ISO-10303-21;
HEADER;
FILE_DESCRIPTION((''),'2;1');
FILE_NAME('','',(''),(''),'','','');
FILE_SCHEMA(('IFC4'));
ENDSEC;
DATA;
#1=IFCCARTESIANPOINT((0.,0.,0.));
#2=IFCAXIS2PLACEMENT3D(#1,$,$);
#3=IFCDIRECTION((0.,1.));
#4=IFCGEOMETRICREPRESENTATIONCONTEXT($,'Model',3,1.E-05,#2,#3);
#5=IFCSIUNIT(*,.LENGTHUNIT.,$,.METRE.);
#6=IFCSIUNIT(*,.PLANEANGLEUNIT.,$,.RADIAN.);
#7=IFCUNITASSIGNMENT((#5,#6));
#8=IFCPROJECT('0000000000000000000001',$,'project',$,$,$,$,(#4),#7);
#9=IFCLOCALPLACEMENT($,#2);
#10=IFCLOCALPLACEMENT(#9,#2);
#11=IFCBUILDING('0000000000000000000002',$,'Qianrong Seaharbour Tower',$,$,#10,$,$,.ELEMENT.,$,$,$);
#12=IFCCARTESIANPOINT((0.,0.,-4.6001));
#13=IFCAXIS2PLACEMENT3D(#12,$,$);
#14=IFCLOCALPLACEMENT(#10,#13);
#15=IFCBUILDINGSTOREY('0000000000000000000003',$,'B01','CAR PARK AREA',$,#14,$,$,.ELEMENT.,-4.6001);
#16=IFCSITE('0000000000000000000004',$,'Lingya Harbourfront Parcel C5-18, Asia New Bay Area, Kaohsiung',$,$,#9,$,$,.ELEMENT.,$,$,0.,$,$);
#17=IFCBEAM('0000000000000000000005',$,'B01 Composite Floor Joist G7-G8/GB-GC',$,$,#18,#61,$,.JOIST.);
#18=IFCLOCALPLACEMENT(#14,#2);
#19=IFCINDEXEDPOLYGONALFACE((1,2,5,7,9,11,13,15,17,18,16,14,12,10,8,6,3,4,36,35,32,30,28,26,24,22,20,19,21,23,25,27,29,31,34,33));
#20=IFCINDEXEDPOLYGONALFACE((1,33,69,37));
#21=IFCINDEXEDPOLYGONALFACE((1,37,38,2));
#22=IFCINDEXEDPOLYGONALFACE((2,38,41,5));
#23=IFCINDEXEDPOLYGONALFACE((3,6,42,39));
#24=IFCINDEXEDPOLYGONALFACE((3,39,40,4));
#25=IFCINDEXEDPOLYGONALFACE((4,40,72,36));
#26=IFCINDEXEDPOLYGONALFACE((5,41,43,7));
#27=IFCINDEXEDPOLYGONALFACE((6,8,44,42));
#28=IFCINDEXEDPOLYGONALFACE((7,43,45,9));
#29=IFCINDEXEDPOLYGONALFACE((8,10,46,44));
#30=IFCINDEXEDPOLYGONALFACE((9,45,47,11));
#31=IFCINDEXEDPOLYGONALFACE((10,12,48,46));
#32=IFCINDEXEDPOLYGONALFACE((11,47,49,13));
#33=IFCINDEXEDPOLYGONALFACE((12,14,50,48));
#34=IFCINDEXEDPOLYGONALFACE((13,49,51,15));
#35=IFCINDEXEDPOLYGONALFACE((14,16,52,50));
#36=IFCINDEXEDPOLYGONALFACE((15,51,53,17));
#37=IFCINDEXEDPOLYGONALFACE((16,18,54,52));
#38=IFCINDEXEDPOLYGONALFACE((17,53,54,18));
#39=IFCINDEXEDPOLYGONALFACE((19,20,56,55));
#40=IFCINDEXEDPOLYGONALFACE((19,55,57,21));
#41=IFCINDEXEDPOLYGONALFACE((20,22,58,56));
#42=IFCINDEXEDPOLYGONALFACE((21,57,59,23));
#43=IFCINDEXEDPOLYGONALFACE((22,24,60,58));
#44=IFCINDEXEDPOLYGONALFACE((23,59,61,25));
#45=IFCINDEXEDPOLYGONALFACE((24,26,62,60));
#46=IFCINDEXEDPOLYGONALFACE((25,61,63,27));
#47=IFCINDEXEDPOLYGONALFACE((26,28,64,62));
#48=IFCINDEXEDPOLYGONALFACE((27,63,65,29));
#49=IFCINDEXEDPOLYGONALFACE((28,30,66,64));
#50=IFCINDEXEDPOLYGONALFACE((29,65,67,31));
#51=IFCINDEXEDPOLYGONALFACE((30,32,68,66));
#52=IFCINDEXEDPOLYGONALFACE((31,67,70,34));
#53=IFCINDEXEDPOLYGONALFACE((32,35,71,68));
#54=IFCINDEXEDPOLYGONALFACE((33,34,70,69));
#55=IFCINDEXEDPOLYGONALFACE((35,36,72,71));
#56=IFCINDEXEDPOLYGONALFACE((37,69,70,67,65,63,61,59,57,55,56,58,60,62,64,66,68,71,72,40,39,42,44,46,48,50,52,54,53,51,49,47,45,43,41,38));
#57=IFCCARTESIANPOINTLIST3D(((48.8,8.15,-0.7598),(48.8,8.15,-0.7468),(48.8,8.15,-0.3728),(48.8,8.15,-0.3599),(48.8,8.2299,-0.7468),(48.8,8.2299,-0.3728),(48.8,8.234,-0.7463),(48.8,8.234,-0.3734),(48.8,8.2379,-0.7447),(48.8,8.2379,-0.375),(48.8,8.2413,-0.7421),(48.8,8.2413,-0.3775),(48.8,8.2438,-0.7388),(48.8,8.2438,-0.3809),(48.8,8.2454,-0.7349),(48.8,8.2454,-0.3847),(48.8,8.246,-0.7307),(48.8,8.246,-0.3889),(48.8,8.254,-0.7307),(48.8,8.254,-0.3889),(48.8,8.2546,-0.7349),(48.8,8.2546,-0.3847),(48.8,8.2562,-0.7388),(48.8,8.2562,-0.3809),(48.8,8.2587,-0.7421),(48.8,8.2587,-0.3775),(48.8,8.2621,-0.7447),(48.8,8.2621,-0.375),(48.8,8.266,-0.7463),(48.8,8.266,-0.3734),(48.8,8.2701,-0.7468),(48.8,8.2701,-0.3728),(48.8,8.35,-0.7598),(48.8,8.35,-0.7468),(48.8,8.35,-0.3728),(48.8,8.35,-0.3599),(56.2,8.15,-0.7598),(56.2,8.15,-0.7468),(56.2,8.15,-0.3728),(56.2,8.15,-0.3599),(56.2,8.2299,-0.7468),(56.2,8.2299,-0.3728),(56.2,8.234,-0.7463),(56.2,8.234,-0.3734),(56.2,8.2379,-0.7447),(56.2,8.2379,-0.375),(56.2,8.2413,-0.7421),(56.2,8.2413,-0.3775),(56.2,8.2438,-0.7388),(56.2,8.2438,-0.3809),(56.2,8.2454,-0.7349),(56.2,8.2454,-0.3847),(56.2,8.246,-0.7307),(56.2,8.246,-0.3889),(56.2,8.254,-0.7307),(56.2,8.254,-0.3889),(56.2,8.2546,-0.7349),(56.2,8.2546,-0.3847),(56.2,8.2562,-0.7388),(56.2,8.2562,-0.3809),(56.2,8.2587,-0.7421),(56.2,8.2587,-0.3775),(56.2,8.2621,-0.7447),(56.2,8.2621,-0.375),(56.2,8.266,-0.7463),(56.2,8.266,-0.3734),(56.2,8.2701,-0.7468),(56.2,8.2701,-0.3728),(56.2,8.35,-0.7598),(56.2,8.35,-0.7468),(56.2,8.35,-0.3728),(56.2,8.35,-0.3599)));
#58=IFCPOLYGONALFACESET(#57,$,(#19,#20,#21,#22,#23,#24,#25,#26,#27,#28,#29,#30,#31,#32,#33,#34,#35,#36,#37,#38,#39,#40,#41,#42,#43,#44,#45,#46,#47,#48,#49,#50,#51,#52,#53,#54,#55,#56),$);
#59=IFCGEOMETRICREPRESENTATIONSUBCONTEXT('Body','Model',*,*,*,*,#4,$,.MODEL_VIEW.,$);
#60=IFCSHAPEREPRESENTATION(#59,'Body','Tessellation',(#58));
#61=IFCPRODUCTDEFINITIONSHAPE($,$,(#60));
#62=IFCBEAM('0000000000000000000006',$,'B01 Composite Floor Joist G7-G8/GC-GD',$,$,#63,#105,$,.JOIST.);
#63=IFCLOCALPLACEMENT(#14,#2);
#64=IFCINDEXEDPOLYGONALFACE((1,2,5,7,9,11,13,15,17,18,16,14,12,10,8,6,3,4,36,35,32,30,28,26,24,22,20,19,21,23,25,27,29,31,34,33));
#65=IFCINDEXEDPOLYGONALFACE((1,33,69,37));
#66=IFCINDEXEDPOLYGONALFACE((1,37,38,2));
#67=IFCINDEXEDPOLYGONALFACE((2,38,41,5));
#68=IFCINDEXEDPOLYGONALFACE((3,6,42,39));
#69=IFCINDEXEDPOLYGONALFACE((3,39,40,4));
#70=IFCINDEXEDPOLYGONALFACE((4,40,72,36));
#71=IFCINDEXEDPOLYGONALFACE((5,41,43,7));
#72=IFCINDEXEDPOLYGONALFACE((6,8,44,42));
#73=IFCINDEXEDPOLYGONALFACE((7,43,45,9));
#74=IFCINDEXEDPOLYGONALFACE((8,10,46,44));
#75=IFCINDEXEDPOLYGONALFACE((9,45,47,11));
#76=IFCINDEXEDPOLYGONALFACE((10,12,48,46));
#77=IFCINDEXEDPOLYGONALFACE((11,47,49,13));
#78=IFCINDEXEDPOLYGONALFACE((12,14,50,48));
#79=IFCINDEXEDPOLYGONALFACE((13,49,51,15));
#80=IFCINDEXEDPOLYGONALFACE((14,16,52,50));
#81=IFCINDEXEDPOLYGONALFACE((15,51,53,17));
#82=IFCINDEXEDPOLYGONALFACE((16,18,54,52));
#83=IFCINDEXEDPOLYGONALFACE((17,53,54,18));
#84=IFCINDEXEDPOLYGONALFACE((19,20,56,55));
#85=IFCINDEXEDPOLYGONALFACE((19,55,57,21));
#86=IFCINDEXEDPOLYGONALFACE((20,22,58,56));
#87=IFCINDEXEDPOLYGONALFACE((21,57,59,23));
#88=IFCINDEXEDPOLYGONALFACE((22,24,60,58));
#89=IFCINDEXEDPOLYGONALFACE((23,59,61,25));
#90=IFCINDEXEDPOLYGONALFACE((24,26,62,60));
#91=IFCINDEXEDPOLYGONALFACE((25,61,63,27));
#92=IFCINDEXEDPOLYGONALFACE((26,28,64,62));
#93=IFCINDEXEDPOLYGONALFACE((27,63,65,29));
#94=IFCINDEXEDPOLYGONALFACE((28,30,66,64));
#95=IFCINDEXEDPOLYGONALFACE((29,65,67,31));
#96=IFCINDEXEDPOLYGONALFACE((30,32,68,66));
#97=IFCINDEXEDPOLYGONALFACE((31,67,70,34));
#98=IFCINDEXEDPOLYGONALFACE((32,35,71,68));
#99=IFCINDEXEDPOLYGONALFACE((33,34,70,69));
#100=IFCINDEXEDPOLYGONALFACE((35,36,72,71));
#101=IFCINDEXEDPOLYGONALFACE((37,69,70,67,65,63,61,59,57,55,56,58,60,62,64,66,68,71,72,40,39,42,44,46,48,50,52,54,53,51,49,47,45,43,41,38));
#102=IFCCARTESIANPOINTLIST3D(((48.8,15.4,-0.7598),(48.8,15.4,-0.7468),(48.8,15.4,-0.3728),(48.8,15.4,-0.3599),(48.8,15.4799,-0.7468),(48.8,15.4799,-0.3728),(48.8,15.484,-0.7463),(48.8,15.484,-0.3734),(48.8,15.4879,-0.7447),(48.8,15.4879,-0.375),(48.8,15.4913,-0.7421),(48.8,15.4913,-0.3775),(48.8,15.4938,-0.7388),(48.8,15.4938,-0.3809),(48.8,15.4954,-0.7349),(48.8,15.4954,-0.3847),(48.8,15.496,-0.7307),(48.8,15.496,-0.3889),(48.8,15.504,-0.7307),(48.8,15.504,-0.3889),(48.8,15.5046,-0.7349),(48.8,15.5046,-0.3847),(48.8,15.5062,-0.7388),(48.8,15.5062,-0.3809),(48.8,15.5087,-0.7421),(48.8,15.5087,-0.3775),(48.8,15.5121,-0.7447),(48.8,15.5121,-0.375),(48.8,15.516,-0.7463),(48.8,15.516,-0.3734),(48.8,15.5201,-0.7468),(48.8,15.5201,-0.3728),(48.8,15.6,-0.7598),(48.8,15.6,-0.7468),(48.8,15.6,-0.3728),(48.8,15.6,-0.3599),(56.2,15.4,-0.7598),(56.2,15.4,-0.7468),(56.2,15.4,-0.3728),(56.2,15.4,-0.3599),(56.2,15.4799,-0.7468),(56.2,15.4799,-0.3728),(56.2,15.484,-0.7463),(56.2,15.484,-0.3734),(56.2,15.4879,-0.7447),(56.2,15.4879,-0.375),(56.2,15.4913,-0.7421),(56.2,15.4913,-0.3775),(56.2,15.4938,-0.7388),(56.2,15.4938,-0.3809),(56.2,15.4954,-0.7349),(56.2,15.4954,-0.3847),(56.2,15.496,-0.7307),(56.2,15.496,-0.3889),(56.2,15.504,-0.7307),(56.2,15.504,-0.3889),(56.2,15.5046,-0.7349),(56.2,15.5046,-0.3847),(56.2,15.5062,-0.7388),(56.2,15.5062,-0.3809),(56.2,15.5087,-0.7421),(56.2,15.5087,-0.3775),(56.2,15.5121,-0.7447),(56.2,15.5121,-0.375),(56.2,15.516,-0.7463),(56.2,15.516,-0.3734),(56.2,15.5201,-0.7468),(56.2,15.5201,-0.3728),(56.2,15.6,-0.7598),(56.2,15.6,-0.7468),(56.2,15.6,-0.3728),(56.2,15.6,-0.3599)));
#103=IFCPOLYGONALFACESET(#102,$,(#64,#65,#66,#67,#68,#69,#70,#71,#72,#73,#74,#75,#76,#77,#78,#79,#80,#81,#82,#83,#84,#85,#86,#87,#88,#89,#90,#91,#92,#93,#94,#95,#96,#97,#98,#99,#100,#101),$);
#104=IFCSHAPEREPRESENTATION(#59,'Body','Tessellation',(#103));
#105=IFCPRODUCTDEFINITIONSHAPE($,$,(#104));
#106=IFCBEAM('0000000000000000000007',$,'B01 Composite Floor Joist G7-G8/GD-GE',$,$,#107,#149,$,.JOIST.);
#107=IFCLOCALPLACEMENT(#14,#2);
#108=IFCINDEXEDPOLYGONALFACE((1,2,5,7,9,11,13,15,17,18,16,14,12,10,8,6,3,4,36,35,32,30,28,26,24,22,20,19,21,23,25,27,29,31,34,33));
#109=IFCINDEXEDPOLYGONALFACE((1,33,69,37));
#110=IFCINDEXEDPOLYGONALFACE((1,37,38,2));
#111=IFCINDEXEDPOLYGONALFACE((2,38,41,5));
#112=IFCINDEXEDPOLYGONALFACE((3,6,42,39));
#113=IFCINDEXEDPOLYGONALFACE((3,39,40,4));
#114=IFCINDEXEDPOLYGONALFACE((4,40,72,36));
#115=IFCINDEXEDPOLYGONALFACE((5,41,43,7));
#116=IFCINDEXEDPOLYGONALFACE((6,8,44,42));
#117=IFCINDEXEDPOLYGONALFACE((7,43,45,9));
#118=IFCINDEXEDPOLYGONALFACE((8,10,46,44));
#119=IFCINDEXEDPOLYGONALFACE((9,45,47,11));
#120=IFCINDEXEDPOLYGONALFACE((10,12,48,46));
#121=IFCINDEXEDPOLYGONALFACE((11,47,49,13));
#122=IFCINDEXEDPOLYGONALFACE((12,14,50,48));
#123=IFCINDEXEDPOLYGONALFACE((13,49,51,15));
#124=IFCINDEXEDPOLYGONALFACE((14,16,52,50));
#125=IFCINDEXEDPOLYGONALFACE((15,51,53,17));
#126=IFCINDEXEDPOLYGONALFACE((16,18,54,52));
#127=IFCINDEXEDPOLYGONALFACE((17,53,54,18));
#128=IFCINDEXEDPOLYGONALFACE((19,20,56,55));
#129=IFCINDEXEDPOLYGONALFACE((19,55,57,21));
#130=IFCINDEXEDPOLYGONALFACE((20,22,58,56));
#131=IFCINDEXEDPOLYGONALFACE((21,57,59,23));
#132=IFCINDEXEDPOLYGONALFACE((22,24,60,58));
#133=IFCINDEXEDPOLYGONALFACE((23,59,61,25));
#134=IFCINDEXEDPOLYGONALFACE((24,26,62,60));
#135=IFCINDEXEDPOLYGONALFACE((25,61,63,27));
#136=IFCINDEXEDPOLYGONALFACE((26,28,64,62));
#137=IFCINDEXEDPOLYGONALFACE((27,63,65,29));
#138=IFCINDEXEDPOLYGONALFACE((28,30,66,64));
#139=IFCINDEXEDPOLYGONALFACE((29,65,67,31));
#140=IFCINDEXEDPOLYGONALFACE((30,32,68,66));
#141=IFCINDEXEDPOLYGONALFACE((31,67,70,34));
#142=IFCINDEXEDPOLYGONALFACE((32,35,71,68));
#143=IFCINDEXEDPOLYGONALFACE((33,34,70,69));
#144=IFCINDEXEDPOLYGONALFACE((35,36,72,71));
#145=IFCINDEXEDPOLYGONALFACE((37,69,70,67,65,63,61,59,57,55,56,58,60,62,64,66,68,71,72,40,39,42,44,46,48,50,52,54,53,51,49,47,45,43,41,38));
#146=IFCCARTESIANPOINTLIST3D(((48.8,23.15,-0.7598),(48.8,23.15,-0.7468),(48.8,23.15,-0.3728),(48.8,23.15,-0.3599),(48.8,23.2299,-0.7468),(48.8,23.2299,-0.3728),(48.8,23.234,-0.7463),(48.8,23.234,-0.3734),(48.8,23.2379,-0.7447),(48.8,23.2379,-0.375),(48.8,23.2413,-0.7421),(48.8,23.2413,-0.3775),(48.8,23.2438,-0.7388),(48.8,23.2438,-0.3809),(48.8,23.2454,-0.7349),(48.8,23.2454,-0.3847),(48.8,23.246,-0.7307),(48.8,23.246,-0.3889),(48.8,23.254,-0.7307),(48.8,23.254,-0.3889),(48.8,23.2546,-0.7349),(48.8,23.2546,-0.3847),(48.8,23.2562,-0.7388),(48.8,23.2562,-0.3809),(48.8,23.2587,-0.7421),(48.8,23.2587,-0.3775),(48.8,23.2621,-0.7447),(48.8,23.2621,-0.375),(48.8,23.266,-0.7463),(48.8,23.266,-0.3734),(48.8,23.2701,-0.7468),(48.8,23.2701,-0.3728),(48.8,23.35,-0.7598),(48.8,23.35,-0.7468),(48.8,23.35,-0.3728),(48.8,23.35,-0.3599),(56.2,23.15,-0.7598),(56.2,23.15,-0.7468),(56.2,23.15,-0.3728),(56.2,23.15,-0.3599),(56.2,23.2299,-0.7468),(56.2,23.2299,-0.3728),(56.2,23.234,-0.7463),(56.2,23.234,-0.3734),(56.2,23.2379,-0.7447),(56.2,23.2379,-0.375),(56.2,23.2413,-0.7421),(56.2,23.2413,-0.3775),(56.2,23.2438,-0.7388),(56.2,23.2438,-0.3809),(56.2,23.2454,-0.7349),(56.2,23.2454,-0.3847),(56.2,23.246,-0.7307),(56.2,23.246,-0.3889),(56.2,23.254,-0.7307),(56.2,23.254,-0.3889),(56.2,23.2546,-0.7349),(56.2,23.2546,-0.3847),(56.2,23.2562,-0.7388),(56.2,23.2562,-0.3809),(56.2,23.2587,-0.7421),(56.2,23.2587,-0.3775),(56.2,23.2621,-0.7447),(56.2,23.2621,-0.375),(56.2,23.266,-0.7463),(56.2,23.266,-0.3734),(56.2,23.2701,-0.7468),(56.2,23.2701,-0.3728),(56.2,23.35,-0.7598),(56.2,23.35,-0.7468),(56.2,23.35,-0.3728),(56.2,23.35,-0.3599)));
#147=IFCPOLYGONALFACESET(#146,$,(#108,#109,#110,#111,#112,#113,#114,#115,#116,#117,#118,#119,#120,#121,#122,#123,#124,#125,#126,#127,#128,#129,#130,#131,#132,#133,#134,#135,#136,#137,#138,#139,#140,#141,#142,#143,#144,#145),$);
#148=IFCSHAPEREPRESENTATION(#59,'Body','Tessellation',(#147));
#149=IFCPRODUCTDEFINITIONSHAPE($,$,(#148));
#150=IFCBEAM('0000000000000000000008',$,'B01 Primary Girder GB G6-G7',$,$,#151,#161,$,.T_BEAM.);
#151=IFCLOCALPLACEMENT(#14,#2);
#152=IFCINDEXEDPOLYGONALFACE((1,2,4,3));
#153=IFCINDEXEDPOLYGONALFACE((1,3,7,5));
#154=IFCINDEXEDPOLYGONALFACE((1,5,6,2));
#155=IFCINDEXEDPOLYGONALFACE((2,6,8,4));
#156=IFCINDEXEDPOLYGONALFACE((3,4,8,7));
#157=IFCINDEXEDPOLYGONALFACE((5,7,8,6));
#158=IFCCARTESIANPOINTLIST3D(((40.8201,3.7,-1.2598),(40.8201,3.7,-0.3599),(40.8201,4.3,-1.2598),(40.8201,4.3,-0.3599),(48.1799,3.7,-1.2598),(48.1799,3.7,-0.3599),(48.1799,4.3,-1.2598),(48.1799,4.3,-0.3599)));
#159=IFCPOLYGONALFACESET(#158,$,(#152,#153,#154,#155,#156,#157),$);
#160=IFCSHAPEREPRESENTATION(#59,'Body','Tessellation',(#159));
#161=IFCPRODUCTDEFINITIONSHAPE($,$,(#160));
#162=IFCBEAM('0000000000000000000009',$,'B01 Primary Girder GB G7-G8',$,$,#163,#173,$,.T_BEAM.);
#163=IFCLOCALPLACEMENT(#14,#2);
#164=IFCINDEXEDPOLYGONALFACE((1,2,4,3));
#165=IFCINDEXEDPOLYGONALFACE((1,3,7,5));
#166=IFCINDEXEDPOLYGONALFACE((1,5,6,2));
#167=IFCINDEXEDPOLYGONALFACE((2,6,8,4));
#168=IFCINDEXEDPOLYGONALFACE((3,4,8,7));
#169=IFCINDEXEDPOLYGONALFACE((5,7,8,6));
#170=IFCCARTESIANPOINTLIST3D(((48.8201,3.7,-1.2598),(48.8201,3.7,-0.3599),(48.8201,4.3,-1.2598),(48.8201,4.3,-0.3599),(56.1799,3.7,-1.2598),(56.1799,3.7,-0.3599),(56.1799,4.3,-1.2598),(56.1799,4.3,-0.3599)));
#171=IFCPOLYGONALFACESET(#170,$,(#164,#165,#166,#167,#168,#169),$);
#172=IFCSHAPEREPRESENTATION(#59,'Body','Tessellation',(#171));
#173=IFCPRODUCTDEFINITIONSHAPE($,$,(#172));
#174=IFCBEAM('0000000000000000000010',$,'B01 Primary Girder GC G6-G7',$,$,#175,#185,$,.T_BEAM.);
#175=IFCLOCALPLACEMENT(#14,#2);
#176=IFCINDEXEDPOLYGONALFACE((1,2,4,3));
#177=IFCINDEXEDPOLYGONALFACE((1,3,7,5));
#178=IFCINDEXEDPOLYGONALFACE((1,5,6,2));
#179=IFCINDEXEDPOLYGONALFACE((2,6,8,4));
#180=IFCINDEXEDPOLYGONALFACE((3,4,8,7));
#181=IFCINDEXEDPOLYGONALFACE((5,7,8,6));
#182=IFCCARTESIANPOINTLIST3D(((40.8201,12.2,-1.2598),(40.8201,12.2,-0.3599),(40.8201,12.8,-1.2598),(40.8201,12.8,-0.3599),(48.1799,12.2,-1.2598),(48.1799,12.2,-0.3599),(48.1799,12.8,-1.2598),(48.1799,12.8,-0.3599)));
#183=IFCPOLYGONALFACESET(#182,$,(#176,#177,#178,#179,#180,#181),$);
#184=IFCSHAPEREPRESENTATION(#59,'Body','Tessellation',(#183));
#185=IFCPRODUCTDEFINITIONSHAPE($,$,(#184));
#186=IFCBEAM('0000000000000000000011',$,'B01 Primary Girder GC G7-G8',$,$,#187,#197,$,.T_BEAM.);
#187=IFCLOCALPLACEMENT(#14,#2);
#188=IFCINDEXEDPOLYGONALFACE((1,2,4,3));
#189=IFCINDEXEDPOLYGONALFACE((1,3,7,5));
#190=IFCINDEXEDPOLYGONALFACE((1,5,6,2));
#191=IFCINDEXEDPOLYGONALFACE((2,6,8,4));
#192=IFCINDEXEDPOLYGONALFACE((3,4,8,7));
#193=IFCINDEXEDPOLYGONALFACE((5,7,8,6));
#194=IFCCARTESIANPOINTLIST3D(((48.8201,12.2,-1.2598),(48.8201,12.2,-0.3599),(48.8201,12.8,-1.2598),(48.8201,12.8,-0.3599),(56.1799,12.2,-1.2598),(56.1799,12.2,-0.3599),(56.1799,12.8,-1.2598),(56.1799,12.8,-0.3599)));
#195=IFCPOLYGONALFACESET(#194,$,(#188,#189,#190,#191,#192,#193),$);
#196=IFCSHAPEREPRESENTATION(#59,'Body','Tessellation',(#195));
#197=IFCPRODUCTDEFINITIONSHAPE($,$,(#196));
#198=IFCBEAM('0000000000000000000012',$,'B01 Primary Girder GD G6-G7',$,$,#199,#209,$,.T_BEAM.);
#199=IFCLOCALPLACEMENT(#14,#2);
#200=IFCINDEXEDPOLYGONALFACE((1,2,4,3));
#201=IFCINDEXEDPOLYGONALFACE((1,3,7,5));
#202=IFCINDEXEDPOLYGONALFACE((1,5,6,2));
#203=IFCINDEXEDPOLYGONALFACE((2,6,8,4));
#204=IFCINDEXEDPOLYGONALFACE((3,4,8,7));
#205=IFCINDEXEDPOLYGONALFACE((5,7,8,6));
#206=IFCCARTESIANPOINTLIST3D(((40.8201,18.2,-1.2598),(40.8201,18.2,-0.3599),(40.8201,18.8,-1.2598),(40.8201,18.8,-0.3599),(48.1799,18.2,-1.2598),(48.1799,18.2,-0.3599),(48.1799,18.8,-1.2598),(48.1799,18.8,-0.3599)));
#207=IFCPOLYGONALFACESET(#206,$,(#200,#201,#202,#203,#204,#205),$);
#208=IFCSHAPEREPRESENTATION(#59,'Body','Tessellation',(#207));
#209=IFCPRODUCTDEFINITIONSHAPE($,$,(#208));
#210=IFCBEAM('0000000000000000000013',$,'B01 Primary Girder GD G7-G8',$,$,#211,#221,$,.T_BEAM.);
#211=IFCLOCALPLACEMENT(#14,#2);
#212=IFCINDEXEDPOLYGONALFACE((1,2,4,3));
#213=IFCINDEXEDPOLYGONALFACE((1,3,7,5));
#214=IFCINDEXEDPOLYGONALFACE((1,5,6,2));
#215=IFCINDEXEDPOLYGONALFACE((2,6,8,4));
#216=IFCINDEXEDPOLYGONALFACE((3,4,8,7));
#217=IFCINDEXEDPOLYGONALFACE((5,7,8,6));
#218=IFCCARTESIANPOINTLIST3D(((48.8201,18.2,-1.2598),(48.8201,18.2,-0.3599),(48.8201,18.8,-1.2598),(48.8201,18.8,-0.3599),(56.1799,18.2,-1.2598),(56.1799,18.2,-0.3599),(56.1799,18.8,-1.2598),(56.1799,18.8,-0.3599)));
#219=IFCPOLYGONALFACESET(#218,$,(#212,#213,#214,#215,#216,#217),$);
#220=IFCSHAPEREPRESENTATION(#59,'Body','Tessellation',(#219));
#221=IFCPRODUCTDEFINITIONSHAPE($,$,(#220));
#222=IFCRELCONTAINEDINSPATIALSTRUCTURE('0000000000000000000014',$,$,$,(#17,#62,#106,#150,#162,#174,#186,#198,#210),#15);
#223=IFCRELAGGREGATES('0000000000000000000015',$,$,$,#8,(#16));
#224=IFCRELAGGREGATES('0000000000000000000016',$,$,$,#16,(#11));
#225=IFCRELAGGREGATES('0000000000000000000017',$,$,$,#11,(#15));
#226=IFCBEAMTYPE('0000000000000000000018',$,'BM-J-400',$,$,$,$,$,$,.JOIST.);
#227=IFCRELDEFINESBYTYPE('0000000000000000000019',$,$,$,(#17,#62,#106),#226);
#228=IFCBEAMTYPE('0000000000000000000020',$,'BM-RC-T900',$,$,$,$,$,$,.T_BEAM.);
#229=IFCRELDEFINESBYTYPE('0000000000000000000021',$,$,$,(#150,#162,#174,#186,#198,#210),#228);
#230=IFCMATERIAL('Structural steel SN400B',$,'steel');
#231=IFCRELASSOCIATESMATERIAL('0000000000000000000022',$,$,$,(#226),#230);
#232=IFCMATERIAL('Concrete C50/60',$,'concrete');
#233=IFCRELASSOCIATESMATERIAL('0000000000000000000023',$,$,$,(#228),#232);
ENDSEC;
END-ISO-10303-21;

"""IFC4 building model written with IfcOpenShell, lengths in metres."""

from ifc_helpers import new_model, si_unit, direction, frame, origin, origin_2d, place, context, subcontext, project, spatial, rectangle, i_section, extrude, material, material_profile, profile_set, type_object, element, save


model = new_model("IFC4")

# Units and contexts
model_context = context("Model", 3, precision=1e-05, world=origin(), true_north=direction((0.0, 1.0)))
body_context = subcontext(model_context, "Body", "Model", "MODEL_VIEW")
ifc_project = project(units=[si_unit("LENGTHUNIT", "METRE"), si_unit("PLANEANGLEUNIT", "RADIAN")], contexts=[model_context])

# Site, building, storey
site_placement = place(None, origin())
site = spatial("IfcSite", under=ifc_project, at=site_placement, Name="Lingya Harbourfront Parcel C5-18, Asia New Bay Area, Kaohsiung", CompositionType="ELEMENT", RefElevation=0.0)
building_placement = place(site_placement, origin())
building = spatial("IfcBuilding", under=site, at=building_placement, Name="Qianrong Seaharbour Tower", CompositionType="ELEMENT")
storey_placement = place(building_placement, frame((0.0, 0.0, -4.6001)))
storey = spatial("IfcBuildingStorey", under=building, at=storey_placement, Name="B01", Description="CAR PARK AREA", CompositionType="ELEMENT", Elevation=-4.6001)

# Beams
ifc_material_1 = material(Name="Structural steel SN400B", Category="steel")
ifc_material_profile_1 = material_profile(ifc_material_1, i_section(OverallWidth=0.2, OverallDepth=0.3999, WebThickness=0.0081, FlangeThickness=0.0129, FilletRadius=0.0161, at=origin_2d()), Name="H400x200x8x13")
ifc_profile_set_1 = profile_set([ifc_material_profile_1], Name="Structural steel SN400B")
beam_type_1 = type_object("IfcBeamType", Name="BM-J-400", PredefinedType="JOIST", material=ifc_profile_set_1)
for number, where, z_axis, x_axis, name in (
    (1, (48.8, 8.25, -0.5598), (1.0, 0.0, 0.0), (0.0, 1.0, 0.0), "B01 Composite Floor Joist G7-G8/GB-GC"),
    (2, (48.8, 15.5, -0.5598), (1.0, 0.0, 0.0), (0.0, 1.0, 0.0), "B01 Composite Floor Joist G7-G8/GC-GD"),
    (3, (48.8, 23.25, -0.5598), (1.0, 0.0, 0.0), (0.0, 1.0, 0.0), "B01 Composite Floor Joist G7-G8/GD-GE"),
):
    element("IfcBeam", number, at=place(storey_placement, frame(where, z_axis=z_axis, x_axis=x_axis)), inside=storey, type_object=beam_type_1, Name=name, PredefinedType="JOIST", context=body_context, shape_type="SweptSolid", body=[
        extrude(i_section(OverallWidth=0.2, OverallDepth=0.3999, WebThickness=0.0081, FlangeThickness=0.0129, FilletRadius=0.0161, at=origin_2d()), origin(), (0.0, 0.0, 1.0), 7.3999),
    ])
ifc_material_2 = material(Name="Concrete C50/60", Category="concrete")
ifc_material_profile_2 = material_profile(ifc_material_2, rectangle(XDim=0.6001, YDim=0.8999, at=origin_2d()), Name="RC600x900")
ifc_profile_set_2 = profile_set([ifc_material_profile_2], Name="Concrete C50/60")
beam_type_2 = type_object("IfcBeamType", Name="BM-RC-T900", PredefinedType="T_BEAM", material=ifc_profile_set_2)
for number, where, z_axis, x_axis, name in (
    (4, (40.8201, 4.0, -0.8098), (1.0, 0.0, 0.0), (0.0, 1.0, 0.0), "B01 Primary Girder GB G6-G7"),
    (5, (48.8201, 4.0, -0.8098), (1.0, 0.0, 0.0), (0.0, 1.0, 0.0), "B01 Primary Girder GB G7-G8"),
    (6, (40.8201, 12.5, -0.8098), (1.0, 0.0, 0.0), (0.0, 1.0, 0.0), "B01 Primary Girder GC G6-G7"),
    (7, (48.8201, 12.5, -0.8098), (1.0, 0.0, 0.0), (0.0, 1.0, 0.0), "B01 Primary Girder GC G7-G8"),
    (8, (40.8201, 18.5, -0.8098), (1.0, 0.0, 0.0), (0.0, 1.0, 0.0), "B01 Primary Girder GD G6-G7"),
    (9, (48.8201, 18.5, -0.8098), (1.0, 0.0, 0.0), (0.0, 1.0, 0.0), "B01 Primary Girder GD G7-G8"),
):
    element("IfcBeam", number, at=place(storey_placement, frame(where, z_axis=z_axis, x_axis=x_axis)), inside=storey, type_object=beam_type_2, Name=name, PredefinedType="T_BEAM", context=body_context, shape_type="SweptSolid", body=[
        extrude(rectangle(XDim=0.6001, YDim=0.8999, at=origin_2d()), origin(), (0.0, 0.0, 1.0), 7.3599),
    ])

save(model, "model.ifc")
